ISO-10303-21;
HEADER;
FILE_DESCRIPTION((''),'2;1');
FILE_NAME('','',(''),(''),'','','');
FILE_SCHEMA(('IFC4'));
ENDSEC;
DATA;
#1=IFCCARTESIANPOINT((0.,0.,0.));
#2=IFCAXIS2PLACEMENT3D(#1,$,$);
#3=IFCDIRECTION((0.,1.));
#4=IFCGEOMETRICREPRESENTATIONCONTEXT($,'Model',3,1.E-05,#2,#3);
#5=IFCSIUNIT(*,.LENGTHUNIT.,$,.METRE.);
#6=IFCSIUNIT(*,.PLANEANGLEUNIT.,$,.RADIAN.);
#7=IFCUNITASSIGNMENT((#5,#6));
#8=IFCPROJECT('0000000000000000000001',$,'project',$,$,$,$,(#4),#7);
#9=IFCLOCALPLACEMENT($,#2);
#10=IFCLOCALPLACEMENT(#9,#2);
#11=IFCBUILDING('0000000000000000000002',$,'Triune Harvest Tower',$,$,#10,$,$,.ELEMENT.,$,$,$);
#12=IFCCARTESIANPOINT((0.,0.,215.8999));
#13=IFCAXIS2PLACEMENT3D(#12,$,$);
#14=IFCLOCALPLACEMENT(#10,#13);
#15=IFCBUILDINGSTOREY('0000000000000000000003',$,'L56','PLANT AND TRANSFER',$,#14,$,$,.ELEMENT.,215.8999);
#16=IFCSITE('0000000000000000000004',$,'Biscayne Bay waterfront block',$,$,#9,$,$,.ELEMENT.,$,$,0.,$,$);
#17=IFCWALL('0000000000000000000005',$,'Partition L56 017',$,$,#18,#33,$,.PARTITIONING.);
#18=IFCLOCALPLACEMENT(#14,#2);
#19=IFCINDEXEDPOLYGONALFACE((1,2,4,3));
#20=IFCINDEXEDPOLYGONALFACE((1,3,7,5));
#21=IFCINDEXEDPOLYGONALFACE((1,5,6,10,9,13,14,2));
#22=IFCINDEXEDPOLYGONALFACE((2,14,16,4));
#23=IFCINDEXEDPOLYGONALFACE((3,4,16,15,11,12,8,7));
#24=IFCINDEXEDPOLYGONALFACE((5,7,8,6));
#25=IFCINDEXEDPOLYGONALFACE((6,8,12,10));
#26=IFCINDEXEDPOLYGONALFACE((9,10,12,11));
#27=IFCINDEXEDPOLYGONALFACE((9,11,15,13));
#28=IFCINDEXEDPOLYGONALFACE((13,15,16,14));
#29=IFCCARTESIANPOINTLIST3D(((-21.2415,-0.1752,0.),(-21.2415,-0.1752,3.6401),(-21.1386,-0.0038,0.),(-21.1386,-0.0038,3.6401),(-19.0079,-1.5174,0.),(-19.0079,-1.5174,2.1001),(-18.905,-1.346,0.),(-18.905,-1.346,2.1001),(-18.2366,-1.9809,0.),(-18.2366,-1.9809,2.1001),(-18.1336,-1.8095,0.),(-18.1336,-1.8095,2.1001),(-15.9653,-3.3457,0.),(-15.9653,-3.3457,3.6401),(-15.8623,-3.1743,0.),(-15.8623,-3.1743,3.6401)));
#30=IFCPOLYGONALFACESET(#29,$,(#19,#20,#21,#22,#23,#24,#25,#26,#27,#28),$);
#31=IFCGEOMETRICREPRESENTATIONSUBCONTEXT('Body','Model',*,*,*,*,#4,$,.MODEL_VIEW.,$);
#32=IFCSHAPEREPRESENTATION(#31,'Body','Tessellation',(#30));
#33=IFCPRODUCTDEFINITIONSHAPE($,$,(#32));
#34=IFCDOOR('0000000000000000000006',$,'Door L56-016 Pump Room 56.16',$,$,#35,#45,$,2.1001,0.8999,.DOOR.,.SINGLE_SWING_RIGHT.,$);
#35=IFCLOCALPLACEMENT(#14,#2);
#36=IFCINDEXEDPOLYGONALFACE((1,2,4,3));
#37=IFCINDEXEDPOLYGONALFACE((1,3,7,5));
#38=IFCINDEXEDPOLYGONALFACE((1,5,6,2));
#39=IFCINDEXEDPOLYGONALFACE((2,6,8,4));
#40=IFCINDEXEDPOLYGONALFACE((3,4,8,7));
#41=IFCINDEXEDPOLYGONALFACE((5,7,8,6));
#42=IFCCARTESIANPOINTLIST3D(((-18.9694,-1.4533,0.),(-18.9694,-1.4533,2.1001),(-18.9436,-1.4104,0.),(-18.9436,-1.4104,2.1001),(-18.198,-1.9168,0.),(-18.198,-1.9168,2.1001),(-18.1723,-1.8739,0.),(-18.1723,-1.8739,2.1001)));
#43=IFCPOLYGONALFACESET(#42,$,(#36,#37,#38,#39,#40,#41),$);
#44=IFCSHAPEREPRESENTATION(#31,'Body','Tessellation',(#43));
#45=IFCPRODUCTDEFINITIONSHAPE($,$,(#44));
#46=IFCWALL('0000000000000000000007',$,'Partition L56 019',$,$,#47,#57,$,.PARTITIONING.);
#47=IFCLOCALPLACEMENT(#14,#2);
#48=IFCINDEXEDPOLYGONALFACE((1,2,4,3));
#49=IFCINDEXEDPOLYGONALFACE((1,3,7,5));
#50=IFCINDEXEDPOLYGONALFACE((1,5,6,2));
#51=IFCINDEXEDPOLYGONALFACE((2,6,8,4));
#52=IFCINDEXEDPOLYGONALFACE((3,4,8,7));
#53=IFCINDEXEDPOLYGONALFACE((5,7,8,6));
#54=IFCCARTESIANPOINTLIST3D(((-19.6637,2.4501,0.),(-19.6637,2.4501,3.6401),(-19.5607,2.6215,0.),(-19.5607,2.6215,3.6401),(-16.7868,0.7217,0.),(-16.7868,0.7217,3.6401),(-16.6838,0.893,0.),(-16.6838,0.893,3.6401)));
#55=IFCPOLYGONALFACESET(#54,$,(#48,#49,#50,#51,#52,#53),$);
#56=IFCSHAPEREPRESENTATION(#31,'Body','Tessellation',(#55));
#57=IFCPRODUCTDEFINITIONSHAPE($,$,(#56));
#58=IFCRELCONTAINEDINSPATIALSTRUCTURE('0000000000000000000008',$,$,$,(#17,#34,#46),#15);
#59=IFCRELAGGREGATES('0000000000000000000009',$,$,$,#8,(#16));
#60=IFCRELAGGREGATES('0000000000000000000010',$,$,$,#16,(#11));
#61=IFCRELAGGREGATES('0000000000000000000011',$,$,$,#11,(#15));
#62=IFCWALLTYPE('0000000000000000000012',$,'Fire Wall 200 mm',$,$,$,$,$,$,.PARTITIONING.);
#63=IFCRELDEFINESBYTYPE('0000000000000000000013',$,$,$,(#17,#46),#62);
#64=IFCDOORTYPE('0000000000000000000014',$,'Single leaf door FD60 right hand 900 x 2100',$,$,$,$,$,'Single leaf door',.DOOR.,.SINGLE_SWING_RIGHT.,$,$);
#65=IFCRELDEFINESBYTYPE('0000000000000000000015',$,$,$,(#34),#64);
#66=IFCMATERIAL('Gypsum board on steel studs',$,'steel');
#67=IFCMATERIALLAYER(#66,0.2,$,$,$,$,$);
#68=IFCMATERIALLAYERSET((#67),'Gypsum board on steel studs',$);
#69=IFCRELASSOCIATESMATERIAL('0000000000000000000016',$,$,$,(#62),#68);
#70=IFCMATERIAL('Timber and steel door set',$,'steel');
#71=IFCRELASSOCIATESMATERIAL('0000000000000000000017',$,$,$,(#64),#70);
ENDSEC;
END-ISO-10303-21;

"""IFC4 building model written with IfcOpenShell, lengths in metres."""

from ifc_helpers import new_model, si_unit, direction, frame, frame_2d, origin, place, context, subcontext, project, spatial, rectangle, extrude, material, layer, layer_set, type_object, element, fill, save


model = new_model("IFC4")

# Units and contexts
model_context = context("Model", 3, precision=1e-05, world=origin(), true_north=direction((0.0, 1.0)))
body_context = subcontext(model_context, "Body", "Model", "MODEL_VIEW")
ifc_project = project(units=[si_unit("LENGTHUNIT", "METRE"), si_unit("PLANEANGLEUNIT", "RADIAN")], contexts=[model_context])

# Site, building, storey
site_placement = place(None, origin())
site = spatial("IfcSite", under=ifc_project, at=site_placement, Name="Biscayne Bay waterfront block", CompositionType="ELEMENT", RefElevation=0.0)
building_placement = place(site_placement, origin())
building = spatial("IfcBuilding", under=site, at=building_placement, Name="Triune Harvest Tower", CompositionType="ELEMENT")
storey_placement = place(building_placement, frame((0.0, 0.0, 215.8999)))
storey = spatial("IfcBuildingStorey", under=building, at=storey_placement, Name="L56", Description="PLANT AND TRANSFER", CompositionType="ELEMENT", Elevation=215.8999)

# Shared definitions
ifc_material_1 = material(Name="Gypsum board on steel studs", Category="steel")
ifc_layer_1 = layer(ifc_material_1, 0.2)
ifc_layer_set_1 = layer_set([ifc_layer_1], Name="Gypsum board on steel studs")
wall_type_1 = type_object("IfcWallType", Name="Fire Wall 200 mm", PredefinedType="PARTITIONING", material=ifc_layer_set_1)

# Wall, opening, door
wall_1_placement = place(storey_placement, frame((-21.1899, -0.0896, 0.0), z_axis=(0.0, 0.0, 1.0), x_axis=(0.857153, -0.515061, 0.0)))
wall_1 = element("IfcWall", 1, at=wall_1_placement, inside=storey, type_object=wall_type_1, Name="Partition L56 017", PredefinedType="PARTITIONING", context=body_context, shape_type="SweptSolid", body=[
    extrude(rectangle(XDim=6.1555, YDim=0.2, at=frame_2d((3.0776, 0.0))), origin(), (0.0, 0.0, 1.0), 3.6401),
])
opening_placement = place(wall_1_placement, frame((2.6057, 0.0, 0.0)))
opening = element("IfcOpeningElement", 2, at=opening_placement, cuts=wall_1, PredefinedType="OPENING", context=body_context, shape_type="SweptSolid", body=[
    extrude(rectangle(XDim=0.8999, YDim=2.1001, at=frame_2d((0.45, 1.05))), frame((0.0, 0.1099, 0.0), z_axis=(0.0, -1.0, 0.0), x_axis=(1.0, 0.0, 0.0)), (0.0, 0.0, 1.0), 0.22),
])
ifc_material_2 = material(Name="Timber and steel door set", Category="steel")
door_type = type_object("IfcDoorType", Name="Single leaf door FD60 right hand 900 x 2100", ElementType="Single leaf door", OperationType="SINGLE_SWING_RIGHT", PredefinedType="DOOR", material=ifc_material_2)
door_placement = place(opening_placement, origin())
door = element("IfcDoor", 3, at=door_placement, inside=storey, type_object=door_type, Name="Door L56-016 Pump Room 56.16", OperationType="SINGLE_SWING_RIGHT", OverallHeight=2.1001, OverallWidth=0.8999, PredefinedType="DOOR", context=body_context, shape_type="SweptSolid", body=[
    extrude(rectangle(XDim=0.8999, YDim=2.1001, at=frame_2d((0.45, 1.05))), frame((0.0, 0.0249, 0.0), z_axis=(0.0, -1.0, 0.0), x_axis=(1.0, 0.0, 0.0)), (0.0, 0.0, 1.0), 0.05),
])
fill(opening, door)

# Wall
wall_2_placement = place(storey_placement, frame((-19.6123, 2.5359, 0.0), z_axis=(0.0, 0.0, 1.0), x_axis=(0.857185, -0.515009, 0.0)))
element("IfcWall", 4, at=wall_2_placement, inside=storey, type_object=wall_type_1, Name="Partition L56 019", PredefinedType="PARTITIONING", context=body_context, shape_type="SweptSolid", body=[
    extrude(rectangle(XDim=3.3562, YDim=0.2, at=frame_2d((1.6782, 0.0))), origin(), (0.0, 0.0, 1.0), 3.6401),
])

save(model, "model.ifc")
